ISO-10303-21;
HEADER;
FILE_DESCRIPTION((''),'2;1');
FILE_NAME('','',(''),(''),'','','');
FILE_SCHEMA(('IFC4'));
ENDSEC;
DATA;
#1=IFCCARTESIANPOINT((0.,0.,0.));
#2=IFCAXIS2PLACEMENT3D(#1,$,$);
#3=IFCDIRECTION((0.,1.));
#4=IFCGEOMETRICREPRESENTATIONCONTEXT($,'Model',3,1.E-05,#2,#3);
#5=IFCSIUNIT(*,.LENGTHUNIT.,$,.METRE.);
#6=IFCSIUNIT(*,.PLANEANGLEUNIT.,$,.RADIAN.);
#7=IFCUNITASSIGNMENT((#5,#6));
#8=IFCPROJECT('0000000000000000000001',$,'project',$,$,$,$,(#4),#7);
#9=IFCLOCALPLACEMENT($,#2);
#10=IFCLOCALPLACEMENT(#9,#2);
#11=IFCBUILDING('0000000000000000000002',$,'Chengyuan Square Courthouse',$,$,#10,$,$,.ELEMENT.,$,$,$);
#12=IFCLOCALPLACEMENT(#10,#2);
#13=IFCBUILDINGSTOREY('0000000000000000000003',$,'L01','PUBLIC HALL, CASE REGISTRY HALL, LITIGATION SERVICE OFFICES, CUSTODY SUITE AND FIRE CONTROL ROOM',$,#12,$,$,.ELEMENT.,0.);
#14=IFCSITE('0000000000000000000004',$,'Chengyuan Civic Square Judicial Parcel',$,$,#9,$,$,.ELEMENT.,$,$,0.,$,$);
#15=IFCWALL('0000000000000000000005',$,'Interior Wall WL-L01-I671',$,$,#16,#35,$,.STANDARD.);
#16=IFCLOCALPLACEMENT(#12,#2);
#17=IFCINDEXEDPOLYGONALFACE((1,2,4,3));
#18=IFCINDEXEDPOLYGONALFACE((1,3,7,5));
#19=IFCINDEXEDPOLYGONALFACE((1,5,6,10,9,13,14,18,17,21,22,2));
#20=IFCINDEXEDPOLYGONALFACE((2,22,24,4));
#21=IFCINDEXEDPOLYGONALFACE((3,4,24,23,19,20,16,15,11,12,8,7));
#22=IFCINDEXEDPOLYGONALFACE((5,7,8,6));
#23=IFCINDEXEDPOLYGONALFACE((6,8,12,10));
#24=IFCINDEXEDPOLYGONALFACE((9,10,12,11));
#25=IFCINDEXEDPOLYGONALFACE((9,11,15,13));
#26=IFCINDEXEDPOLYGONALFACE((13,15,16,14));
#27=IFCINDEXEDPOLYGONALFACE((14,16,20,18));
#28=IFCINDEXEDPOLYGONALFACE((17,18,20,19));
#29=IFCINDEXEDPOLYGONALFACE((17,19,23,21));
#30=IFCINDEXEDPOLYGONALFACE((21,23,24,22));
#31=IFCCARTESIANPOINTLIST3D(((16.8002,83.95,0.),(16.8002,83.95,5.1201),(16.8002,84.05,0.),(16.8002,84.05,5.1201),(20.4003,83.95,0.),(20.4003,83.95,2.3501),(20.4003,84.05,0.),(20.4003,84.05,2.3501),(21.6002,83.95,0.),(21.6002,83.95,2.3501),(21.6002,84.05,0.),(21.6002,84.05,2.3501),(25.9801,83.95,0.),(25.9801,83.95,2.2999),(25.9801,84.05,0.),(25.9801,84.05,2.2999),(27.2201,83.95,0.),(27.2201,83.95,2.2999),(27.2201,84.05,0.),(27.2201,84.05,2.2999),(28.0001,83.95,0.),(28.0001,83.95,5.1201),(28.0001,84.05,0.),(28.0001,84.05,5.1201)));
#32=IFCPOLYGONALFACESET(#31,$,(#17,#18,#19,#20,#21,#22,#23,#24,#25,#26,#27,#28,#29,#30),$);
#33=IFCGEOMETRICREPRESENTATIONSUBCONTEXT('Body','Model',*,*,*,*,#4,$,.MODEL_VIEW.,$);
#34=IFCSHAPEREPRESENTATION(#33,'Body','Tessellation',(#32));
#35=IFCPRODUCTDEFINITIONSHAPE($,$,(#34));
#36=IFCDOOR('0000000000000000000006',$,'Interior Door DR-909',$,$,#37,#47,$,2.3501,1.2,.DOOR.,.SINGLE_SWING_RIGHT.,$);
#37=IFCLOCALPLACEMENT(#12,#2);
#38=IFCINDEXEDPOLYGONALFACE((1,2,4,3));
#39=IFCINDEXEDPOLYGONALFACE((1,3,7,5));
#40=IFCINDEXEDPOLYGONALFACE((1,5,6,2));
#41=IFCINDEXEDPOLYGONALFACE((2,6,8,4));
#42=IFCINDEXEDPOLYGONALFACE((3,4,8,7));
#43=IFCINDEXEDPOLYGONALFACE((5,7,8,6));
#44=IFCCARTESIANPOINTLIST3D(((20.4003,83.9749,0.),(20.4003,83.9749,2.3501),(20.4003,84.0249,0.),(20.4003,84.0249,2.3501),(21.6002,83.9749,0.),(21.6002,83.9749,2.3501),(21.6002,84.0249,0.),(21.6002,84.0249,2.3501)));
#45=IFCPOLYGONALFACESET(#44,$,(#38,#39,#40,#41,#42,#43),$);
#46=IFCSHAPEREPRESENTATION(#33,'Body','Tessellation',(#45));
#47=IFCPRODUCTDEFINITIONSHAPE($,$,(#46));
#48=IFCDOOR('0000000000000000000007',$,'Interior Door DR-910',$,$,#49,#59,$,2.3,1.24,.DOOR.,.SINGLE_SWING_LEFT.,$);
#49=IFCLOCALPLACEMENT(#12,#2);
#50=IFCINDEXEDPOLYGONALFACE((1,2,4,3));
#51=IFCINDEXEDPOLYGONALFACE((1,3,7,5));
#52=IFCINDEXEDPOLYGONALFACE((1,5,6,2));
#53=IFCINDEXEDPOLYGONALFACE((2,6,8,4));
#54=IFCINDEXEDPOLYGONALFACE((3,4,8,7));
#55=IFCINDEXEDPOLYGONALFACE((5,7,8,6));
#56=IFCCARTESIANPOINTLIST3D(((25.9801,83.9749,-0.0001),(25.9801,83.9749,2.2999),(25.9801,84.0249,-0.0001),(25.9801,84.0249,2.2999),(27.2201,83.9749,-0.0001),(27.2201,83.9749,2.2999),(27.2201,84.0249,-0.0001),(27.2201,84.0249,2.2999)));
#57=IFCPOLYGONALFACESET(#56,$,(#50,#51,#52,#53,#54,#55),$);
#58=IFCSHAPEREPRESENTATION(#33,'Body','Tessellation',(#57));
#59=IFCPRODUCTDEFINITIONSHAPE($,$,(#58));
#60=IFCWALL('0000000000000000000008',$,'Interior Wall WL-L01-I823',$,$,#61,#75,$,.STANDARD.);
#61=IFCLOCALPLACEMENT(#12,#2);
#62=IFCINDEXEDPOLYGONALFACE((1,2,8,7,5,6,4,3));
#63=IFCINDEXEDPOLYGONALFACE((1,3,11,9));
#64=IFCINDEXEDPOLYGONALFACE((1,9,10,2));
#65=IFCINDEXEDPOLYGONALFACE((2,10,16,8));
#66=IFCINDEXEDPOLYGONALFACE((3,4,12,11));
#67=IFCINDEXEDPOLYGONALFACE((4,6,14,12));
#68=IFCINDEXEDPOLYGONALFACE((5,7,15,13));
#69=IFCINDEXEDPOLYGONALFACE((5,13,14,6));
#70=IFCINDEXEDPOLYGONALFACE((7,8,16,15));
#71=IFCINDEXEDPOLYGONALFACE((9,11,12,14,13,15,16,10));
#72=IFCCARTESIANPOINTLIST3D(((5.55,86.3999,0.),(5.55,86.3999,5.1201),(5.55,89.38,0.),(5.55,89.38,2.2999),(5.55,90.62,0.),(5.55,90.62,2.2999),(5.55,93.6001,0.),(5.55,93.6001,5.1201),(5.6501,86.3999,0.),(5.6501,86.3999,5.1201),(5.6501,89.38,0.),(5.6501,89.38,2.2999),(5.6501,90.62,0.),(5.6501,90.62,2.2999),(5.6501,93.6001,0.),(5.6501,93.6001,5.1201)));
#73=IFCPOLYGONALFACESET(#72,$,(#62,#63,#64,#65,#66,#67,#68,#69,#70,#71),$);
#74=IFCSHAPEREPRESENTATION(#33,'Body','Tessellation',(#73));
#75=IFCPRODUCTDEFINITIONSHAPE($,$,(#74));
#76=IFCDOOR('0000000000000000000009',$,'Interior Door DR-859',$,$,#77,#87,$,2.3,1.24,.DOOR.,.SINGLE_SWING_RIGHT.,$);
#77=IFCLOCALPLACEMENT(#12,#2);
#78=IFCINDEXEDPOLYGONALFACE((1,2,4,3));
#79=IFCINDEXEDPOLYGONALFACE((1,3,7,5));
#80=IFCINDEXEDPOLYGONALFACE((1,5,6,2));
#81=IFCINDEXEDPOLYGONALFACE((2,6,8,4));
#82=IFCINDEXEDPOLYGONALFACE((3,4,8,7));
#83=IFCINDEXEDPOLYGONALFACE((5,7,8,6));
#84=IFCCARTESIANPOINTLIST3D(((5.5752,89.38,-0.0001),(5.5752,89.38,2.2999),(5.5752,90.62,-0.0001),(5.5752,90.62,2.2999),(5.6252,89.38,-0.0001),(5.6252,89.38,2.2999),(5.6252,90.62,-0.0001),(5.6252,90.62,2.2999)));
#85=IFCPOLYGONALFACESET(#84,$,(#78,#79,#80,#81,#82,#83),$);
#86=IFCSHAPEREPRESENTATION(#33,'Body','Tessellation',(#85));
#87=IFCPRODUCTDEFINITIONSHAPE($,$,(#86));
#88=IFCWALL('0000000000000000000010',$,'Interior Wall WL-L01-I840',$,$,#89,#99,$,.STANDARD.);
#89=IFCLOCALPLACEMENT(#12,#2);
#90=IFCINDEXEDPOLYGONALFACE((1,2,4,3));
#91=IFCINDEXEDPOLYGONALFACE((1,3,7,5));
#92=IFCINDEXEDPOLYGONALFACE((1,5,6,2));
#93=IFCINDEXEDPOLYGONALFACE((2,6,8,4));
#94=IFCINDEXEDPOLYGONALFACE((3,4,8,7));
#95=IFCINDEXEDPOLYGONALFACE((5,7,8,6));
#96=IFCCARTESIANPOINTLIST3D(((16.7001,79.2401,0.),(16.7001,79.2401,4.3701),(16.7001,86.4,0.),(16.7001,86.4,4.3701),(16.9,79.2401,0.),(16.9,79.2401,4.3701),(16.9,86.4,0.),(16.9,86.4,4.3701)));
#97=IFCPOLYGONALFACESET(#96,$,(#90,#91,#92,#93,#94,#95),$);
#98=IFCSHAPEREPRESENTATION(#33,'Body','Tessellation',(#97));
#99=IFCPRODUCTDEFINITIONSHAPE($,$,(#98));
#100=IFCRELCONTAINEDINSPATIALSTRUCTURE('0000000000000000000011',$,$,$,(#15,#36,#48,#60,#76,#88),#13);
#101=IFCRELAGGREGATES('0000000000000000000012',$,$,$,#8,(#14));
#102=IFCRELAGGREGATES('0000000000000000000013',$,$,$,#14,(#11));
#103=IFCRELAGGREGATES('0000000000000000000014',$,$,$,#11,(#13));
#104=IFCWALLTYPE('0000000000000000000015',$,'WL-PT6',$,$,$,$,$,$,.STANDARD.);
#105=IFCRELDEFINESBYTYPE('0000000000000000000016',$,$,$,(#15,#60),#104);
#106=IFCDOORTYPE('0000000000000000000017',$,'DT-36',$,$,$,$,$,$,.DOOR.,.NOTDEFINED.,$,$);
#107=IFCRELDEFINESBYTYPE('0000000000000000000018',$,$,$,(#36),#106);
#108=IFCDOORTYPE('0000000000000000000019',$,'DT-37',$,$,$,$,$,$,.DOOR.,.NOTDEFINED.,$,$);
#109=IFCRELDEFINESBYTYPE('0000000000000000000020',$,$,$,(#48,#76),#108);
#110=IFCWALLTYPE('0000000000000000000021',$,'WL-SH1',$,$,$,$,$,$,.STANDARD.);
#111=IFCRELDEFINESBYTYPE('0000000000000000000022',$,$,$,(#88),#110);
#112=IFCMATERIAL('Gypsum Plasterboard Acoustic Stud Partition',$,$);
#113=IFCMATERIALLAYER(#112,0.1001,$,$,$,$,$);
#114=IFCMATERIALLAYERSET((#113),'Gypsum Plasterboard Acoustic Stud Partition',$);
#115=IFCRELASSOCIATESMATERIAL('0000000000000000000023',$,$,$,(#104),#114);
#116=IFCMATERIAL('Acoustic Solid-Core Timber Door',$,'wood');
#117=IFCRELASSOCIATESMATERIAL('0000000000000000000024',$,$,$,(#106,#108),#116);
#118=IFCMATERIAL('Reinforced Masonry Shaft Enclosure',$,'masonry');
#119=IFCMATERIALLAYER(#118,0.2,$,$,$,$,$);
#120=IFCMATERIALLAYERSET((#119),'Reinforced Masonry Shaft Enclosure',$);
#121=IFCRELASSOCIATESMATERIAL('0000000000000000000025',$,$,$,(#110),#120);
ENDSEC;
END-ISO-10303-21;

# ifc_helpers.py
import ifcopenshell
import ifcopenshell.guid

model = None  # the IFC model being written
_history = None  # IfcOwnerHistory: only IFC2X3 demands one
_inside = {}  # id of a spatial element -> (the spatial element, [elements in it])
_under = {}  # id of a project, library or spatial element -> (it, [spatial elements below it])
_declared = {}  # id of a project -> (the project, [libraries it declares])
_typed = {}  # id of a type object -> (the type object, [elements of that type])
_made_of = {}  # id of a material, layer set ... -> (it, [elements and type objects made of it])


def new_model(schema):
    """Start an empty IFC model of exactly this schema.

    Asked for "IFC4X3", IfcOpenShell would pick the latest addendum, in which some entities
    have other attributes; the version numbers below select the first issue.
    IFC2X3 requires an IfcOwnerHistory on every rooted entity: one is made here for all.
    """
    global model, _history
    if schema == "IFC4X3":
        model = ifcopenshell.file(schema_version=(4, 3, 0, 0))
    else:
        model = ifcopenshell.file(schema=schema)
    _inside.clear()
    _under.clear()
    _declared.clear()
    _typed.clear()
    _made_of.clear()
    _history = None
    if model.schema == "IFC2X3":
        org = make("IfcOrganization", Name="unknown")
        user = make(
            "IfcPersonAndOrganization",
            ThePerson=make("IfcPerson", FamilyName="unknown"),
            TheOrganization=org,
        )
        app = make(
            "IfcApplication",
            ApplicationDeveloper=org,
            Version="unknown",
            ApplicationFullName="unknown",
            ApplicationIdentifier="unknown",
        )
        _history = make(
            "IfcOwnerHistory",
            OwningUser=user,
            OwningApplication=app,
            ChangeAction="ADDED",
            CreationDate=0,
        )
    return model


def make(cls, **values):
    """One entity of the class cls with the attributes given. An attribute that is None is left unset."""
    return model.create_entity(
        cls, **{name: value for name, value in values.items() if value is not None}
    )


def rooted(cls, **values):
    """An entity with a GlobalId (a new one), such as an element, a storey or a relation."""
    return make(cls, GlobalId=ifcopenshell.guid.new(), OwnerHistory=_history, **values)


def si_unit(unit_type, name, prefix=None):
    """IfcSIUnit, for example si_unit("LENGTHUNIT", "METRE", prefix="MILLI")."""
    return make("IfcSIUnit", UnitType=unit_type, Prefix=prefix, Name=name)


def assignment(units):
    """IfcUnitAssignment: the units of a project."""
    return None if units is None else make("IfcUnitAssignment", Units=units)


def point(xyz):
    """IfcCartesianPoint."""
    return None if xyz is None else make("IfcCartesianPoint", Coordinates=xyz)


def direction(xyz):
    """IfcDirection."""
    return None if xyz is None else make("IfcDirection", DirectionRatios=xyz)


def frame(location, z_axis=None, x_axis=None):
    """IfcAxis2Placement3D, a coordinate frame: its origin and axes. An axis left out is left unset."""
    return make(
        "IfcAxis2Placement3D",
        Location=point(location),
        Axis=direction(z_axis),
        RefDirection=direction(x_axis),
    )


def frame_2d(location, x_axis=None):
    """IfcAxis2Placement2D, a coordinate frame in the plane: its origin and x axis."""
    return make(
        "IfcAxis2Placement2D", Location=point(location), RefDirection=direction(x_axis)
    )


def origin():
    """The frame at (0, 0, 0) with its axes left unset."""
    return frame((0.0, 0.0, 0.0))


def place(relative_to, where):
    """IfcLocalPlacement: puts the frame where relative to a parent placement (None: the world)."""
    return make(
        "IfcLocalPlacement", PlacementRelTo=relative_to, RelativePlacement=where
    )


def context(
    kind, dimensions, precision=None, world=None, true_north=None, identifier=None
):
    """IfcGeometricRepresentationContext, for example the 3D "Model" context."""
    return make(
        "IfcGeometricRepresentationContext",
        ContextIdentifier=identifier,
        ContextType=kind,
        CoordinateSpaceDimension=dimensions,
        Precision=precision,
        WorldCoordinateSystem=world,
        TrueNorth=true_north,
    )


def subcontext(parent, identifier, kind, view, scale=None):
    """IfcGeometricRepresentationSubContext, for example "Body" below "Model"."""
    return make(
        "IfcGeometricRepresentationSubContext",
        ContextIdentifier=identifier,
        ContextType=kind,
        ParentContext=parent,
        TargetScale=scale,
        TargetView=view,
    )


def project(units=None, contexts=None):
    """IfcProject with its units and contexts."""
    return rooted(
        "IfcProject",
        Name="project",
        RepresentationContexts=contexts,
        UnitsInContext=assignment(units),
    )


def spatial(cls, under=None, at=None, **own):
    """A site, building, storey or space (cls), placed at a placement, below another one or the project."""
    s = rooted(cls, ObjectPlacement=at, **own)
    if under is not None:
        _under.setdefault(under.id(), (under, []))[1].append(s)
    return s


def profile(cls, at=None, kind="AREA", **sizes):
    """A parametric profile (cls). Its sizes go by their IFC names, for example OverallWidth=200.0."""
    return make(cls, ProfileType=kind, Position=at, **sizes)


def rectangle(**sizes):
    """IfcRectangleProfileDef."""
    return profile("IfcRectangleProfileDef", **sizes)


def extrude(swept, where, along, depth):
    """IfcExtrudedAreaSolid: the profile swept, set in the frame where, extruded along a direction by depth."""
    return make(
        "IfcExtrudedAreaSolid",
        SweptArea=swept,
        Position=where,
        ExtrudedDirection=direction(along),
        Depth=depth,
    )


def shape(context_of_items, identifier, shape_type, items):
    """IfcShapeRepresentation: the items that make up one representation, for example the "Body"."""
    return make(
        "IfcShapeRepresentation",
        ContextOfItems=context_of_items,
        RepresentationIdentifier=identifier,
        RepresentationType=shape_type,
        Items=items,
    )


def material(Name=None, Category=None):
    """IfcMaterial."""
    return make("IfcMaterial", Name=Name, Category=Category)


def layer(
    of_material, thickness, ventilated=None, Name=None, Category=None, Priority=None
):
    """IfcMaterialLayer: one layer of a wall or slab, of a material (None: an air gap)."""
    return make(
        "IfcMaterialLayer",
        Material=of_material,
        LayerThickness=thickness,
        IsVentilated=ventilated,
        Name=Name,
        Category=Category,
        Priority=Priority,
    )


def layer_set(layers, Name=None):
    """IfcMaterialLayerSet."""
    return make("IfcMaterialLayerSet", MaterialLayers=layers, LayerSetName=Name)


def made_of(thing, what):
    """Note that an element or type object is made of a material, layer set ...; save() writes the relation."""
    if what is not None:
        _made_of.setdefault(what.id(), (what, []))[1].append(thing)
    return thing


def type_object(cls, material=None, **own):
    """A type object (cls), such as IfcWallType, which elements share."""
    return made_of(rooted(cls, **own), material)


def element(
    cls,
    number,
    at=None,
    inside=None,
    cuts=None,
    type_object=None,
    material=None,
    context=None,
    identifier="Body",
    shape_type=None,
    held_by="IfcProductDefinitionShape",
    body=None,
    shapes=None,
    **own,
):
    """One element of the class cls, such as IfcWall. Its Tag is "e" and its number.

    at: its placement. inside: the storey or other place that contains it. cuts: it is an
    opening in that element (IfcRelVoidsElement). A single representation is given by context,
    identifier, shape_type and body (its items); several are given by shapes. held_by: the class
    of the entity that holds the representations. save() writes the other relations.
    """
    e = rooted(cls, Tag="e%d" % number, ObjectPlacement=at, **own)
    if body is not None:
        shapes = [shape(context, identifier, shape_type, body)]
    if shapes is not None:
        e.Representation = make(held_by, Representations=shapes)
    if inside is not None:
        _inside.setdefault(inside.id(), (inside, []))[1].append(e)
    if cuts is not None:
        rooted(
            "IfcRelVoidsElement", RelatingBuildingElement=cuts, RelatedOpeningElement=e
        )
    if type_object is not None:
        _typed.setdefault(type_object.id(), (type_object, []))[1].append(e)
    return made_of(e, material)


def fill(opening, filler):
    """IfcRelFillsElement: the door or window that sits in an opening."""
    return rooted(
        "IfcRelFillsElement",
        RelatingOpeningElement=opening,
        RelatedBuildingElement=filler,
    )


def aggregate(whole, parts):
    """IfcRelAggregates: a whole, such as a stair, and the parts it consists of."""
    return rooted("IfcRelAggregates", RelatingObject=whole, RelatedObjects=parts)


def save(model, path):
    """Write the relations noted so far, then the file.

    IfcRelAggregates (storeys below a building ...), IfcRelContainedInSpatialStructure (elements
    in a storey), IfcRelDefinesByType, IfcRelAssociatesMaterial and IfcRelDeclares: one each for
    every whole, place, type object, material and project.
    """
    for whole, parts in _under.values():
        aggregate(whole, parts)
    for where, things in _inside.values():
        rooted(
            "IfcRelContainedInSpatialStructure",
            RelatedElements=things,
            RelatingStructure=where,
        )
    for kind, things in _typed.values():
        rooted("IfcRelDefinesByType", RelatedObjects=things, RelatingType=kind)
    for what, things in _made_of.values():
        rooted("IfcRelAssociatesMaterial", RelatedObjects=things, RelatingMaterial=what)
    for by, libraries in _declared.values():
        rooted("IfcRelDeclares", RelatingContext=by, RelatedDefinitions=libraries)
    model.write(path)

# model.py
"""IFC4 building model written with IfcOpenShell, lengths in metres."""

from ifc_helpers import new_model, si_unit, direction, frame, frame_2d, origin, place, context, subcontext, project, spatial, rectangle, extrude, material, layer, layer_set, type_object, element, fill, save


model = new_model("IFC4")

# Units and contexts
model_context = context("Model", 3, precision=1e-05, world=origin(), true_north=direction((0.0, 1.0)))
body_context = subcontext(model_context, "Body", "Model", "MODEL_VIEW")
ifc_project = project(units=[si_unit("LENGTHUNIT", "METRE"), si_unit("PLANEANGLEUNIT", "RADIAN")], contexts=[model_context])

# Site, building, storey
site_placement = place(None, origin())
site = spatial("IfcSite", under=ifc_project, at=site_placement, Name="Chengyuan Civic Square Judicial Parcel", CompositionType="ELEMENT", RefElevation=0.0)
building_placement = place(site_placement, origin())
building = spatial("IfcBuilding", under=site, at=building_placement, Name="Chengyuan Square Courthouse", CompositionType="ELEMENT")
storey_placement = place(building_placement, origin())
storey = spatial("IfcBuildingStorey", under=building, at=storey_placement, Name="L01", Description="PUBLIC HALL, CASE REGISTRY HALL, LITIGATION SERVICE OFFICES, CUSTODY SUITE AND FIRE CONTROL ROOM", CompositionType="ELEMENT", Elevation=0.0)

# Wall, openings, doors
ifc_material_1 = material(Name="Gypsum Plasterboard Acoustic Stud Partition")
ifc_layer_1 = layer(ifc_material_1, 0.1001)
ifc_layer_set_1 = layer_set([ifc_layer_1], Name="Gypsum Plasterboard Acoustic Stud Partition")
wall_type_1 = type_object("IfcWallType", Name="WL-PT6", PredefinedType="STANDARD", material=ifc_layer_set_1)
wall_1_placement = place(storey_placement, frame((16.8, 84.0, 0.0), z_axis=(0.0, 0.0, 1.0), x_axis=(1.0, 0.0, 0.0)))
wall_1 = element("IfcWall", 1, at=wall_1_placement, inside=storey, type_object=wall_type_1, Name="Interior Wall WL-L01-I671", PredefinedType="STANDARD", context=body_context, shape_type="SweptSolid", body=[
    extrude(rectangle(XDim=11.2, YDim=0.1001, at=frame_2d((5.6001, 0.0))), origin(), (0.0, 0.0, 1.0), 5.1201),
])
opening_1_placement = place(wall_1_placement, frame((3.6001, 0.0, 0.0)))
opening_1 = element("IfcOpeningElement", 2, at=opening_1_placement, cuts=wall_1, PredefinedType="OPENING", context=body_context, shape_type="SweptSolid", body=[
    extrude(rectangle(XDim=1.2, YDim=2.3501, at=frame_2d((0.6001, 1.175))), frame((0.0, 0.062, 0.0), z_axis=(0.0, -1.0, 0.0), x_axis=(1.0, 0.0, 0.0)), (0.0, 0.0, 1.0), 0.124),
])
opening_2_placement = place(wall_1_placement, frame((9.1799, 0.0, 0.0)))
opening_2 = element("IfcOpeningElement", 3, at=opening_2_placement, cuts=wall_1, PredefinedType="OPENING", context=body_context, shape_type="SweptSolid", body=[
    extrude(rectangle(XDim=1.24, YDim=2.3, at=frame_2d((0.6201, 1.1499))), frame((0.0, 0.062, 0.0), z_axis=(0.0, -1.0, 0.0), x_axis=(1.0, 0.0, 0.0)), (0.0, 0.0, 1.0), 0.124),
])
ifc_material_2 = material(Name="Acoustic Solid-Core Timber Door", Category="wood")
door_type_1 = type_object("IfcDoorType", Name="DT-36", OperationType="NOTDEFINED", PredefinedType="DOOR", material=ifc_material_2)
door_1_placement = place(opening_1_placement, origin())
door_1 = element("IfcDoor", 4, at=door_1_placement, inside=storey, type_object=door_type_1, Name="Interior Door DR-909", OperationType="SINGLE_SWING_RIGHT", OverallHeight=2.3501, OverallWidth=1.2, PredefinedType="DOOR", context=body_context, shape_type="SweptSolid", body=[
    extrude(rectangle(XDim=1.2, YDim=2.3501, at=frame_2d((0.6001, 1.175))), frame((0.0, 0.0249, 0.0), z_axis=(0.0, -1.0, 0.0), x_axis=(1.0, 0.0, 0.0)), (0.0, 0.0, 1.0), 0.05),
])
fill(opening_1, door_1)
door_type_2 = type_object("IfcDoorType", Name="DT-37", OperationType="NOTDEFINED", PredefinedType="DOOR", material=ifc_material_2)
door_2_placement = place(opening_2_placement, origin())
door_2 = element("IfcDoor", 5, at=door_2_placement, inside=storey, type_object=door_type_2, Name="Interior Door DR-910", OperationType="SINGLE_SWING_LEFT", OverallHeight=2.3, OverallWidth=1.24, PredefinedType="DOOR", context=body_context, shape_type="SweptSolid", body=[
    extrude(rectangle(XDim=1.24, YDim=2.3, at=frame_2d((0.6201, 1.1499))), frame((0.0, 0.0249, 0.0), z_axis=(0.0, -1.0, 0.0), x_axis=(1.0, 0.0, 0.0)), (0.0, 0.0, 1.0), 0.05),
])
fill(opening_2, door_2)

# Wall, opening, door
wall_2_placement = place(storey_placement, frame((5.6001, 86.3999, 0.0), z_axis=(0.0, 0.0, 1.0), x_axis=(0.0, 1.0, 0.0)))
wall_2 = element("IfcWall", 6, at=wall_2_placement, inside=storey, type_object=wall_type_1, Name="Interior Wall WL-L01-I823", PredefinedType="STANDARD", context=body_context, shape_type="SweptSolid", body=[
    extrude(rectangle(XDim=7.2002, YDim=0.1001, at=frame_2d((3.6001, 0.0))), origin(), (0.0, 0.0, 1.0), 5.1201),
])
opening_3_placement = place(wall_2_placement, frame((2.98, 0.0, 0.0)))
opening_3 = element("IfcOpeningElement", 7, at=opening_3_placement, cuts=wall_2, PredefinedType="OPENING", context=body_context, shape_type="SweptSolid", body=[
    extrude(rectangle(XDim=1.24, YDim=2.3, at=frame_2d((0.6201, 1.1499))), frame((0.0, 0.062, 0.0), z_axis=(0.0, -1.0, 0.0), x_axis=(1.0, 0.0, 0.0)), (0.0, 0.0, 1.0), 0.124),
])
door_3_placement = place(opening_3_placement, origin())
door_3 = element("IfcDoor", 8, at=door_3_placement, inside=storey, type_object=door_type_2, Name="Interior Door DR-859", OperationType="SINGLE_SWING_RIGHT", OverallHeight=2.3, OverallWidth=1.24, PredefinedType="DOOR", context=body_context, shape_type="SweptSolid", body=[
    extrude(rectangle(XDim=1.24, YDim=2.3, at=frame_2d((0.6201, 1.1499))), frame((0.0, 0.0249, 0.0), z_axis=(0.0, -1.0, 0.0), x_axis=(1.0, 0.0, 0.0)), (0.0, 0.0, 1.0), 0.05),
])
fill(opening_3, door_3)

# Wall
ifc_material_3 = material(Name="Reinforced Masonry Shaft Enclosure", Category="masonry")
ifc_layer_2 = layer(ifc_material_3, 0.2)
ifc_layer_set_2 = layer_set([ifc_layer_2], Name="Reinforced Masonry Shaft Enclosure")
wall_type_2 = type_object("IfcWallType", Name="WL-SH1", PredefinedType="STANDARD", material=ifc_layer_set_2)
wall_3_placement = place(storey_placement, frame((16.8, 79.24, 0.0), z_axis=(0.0, 0.0, 1.0), x_axis=(0.0, 1.0, 0.0)))
element("IfcWall", 9, at=wall_3_placement, inside=storey, type_object=wall_type_2, Name="Interior Wall WL-L01-I840", PredefinedType="STANDARD", context=body_context, shape_type="SweptSolid", body=[
    extrude(rectangle(XDim=7.1599, YDim=0.2, at=frame_2d((3.5801, 0.0))), origin(), (0.0, 0.0, 1.0), 4.3701),
])

save(model, "model.ifc")
